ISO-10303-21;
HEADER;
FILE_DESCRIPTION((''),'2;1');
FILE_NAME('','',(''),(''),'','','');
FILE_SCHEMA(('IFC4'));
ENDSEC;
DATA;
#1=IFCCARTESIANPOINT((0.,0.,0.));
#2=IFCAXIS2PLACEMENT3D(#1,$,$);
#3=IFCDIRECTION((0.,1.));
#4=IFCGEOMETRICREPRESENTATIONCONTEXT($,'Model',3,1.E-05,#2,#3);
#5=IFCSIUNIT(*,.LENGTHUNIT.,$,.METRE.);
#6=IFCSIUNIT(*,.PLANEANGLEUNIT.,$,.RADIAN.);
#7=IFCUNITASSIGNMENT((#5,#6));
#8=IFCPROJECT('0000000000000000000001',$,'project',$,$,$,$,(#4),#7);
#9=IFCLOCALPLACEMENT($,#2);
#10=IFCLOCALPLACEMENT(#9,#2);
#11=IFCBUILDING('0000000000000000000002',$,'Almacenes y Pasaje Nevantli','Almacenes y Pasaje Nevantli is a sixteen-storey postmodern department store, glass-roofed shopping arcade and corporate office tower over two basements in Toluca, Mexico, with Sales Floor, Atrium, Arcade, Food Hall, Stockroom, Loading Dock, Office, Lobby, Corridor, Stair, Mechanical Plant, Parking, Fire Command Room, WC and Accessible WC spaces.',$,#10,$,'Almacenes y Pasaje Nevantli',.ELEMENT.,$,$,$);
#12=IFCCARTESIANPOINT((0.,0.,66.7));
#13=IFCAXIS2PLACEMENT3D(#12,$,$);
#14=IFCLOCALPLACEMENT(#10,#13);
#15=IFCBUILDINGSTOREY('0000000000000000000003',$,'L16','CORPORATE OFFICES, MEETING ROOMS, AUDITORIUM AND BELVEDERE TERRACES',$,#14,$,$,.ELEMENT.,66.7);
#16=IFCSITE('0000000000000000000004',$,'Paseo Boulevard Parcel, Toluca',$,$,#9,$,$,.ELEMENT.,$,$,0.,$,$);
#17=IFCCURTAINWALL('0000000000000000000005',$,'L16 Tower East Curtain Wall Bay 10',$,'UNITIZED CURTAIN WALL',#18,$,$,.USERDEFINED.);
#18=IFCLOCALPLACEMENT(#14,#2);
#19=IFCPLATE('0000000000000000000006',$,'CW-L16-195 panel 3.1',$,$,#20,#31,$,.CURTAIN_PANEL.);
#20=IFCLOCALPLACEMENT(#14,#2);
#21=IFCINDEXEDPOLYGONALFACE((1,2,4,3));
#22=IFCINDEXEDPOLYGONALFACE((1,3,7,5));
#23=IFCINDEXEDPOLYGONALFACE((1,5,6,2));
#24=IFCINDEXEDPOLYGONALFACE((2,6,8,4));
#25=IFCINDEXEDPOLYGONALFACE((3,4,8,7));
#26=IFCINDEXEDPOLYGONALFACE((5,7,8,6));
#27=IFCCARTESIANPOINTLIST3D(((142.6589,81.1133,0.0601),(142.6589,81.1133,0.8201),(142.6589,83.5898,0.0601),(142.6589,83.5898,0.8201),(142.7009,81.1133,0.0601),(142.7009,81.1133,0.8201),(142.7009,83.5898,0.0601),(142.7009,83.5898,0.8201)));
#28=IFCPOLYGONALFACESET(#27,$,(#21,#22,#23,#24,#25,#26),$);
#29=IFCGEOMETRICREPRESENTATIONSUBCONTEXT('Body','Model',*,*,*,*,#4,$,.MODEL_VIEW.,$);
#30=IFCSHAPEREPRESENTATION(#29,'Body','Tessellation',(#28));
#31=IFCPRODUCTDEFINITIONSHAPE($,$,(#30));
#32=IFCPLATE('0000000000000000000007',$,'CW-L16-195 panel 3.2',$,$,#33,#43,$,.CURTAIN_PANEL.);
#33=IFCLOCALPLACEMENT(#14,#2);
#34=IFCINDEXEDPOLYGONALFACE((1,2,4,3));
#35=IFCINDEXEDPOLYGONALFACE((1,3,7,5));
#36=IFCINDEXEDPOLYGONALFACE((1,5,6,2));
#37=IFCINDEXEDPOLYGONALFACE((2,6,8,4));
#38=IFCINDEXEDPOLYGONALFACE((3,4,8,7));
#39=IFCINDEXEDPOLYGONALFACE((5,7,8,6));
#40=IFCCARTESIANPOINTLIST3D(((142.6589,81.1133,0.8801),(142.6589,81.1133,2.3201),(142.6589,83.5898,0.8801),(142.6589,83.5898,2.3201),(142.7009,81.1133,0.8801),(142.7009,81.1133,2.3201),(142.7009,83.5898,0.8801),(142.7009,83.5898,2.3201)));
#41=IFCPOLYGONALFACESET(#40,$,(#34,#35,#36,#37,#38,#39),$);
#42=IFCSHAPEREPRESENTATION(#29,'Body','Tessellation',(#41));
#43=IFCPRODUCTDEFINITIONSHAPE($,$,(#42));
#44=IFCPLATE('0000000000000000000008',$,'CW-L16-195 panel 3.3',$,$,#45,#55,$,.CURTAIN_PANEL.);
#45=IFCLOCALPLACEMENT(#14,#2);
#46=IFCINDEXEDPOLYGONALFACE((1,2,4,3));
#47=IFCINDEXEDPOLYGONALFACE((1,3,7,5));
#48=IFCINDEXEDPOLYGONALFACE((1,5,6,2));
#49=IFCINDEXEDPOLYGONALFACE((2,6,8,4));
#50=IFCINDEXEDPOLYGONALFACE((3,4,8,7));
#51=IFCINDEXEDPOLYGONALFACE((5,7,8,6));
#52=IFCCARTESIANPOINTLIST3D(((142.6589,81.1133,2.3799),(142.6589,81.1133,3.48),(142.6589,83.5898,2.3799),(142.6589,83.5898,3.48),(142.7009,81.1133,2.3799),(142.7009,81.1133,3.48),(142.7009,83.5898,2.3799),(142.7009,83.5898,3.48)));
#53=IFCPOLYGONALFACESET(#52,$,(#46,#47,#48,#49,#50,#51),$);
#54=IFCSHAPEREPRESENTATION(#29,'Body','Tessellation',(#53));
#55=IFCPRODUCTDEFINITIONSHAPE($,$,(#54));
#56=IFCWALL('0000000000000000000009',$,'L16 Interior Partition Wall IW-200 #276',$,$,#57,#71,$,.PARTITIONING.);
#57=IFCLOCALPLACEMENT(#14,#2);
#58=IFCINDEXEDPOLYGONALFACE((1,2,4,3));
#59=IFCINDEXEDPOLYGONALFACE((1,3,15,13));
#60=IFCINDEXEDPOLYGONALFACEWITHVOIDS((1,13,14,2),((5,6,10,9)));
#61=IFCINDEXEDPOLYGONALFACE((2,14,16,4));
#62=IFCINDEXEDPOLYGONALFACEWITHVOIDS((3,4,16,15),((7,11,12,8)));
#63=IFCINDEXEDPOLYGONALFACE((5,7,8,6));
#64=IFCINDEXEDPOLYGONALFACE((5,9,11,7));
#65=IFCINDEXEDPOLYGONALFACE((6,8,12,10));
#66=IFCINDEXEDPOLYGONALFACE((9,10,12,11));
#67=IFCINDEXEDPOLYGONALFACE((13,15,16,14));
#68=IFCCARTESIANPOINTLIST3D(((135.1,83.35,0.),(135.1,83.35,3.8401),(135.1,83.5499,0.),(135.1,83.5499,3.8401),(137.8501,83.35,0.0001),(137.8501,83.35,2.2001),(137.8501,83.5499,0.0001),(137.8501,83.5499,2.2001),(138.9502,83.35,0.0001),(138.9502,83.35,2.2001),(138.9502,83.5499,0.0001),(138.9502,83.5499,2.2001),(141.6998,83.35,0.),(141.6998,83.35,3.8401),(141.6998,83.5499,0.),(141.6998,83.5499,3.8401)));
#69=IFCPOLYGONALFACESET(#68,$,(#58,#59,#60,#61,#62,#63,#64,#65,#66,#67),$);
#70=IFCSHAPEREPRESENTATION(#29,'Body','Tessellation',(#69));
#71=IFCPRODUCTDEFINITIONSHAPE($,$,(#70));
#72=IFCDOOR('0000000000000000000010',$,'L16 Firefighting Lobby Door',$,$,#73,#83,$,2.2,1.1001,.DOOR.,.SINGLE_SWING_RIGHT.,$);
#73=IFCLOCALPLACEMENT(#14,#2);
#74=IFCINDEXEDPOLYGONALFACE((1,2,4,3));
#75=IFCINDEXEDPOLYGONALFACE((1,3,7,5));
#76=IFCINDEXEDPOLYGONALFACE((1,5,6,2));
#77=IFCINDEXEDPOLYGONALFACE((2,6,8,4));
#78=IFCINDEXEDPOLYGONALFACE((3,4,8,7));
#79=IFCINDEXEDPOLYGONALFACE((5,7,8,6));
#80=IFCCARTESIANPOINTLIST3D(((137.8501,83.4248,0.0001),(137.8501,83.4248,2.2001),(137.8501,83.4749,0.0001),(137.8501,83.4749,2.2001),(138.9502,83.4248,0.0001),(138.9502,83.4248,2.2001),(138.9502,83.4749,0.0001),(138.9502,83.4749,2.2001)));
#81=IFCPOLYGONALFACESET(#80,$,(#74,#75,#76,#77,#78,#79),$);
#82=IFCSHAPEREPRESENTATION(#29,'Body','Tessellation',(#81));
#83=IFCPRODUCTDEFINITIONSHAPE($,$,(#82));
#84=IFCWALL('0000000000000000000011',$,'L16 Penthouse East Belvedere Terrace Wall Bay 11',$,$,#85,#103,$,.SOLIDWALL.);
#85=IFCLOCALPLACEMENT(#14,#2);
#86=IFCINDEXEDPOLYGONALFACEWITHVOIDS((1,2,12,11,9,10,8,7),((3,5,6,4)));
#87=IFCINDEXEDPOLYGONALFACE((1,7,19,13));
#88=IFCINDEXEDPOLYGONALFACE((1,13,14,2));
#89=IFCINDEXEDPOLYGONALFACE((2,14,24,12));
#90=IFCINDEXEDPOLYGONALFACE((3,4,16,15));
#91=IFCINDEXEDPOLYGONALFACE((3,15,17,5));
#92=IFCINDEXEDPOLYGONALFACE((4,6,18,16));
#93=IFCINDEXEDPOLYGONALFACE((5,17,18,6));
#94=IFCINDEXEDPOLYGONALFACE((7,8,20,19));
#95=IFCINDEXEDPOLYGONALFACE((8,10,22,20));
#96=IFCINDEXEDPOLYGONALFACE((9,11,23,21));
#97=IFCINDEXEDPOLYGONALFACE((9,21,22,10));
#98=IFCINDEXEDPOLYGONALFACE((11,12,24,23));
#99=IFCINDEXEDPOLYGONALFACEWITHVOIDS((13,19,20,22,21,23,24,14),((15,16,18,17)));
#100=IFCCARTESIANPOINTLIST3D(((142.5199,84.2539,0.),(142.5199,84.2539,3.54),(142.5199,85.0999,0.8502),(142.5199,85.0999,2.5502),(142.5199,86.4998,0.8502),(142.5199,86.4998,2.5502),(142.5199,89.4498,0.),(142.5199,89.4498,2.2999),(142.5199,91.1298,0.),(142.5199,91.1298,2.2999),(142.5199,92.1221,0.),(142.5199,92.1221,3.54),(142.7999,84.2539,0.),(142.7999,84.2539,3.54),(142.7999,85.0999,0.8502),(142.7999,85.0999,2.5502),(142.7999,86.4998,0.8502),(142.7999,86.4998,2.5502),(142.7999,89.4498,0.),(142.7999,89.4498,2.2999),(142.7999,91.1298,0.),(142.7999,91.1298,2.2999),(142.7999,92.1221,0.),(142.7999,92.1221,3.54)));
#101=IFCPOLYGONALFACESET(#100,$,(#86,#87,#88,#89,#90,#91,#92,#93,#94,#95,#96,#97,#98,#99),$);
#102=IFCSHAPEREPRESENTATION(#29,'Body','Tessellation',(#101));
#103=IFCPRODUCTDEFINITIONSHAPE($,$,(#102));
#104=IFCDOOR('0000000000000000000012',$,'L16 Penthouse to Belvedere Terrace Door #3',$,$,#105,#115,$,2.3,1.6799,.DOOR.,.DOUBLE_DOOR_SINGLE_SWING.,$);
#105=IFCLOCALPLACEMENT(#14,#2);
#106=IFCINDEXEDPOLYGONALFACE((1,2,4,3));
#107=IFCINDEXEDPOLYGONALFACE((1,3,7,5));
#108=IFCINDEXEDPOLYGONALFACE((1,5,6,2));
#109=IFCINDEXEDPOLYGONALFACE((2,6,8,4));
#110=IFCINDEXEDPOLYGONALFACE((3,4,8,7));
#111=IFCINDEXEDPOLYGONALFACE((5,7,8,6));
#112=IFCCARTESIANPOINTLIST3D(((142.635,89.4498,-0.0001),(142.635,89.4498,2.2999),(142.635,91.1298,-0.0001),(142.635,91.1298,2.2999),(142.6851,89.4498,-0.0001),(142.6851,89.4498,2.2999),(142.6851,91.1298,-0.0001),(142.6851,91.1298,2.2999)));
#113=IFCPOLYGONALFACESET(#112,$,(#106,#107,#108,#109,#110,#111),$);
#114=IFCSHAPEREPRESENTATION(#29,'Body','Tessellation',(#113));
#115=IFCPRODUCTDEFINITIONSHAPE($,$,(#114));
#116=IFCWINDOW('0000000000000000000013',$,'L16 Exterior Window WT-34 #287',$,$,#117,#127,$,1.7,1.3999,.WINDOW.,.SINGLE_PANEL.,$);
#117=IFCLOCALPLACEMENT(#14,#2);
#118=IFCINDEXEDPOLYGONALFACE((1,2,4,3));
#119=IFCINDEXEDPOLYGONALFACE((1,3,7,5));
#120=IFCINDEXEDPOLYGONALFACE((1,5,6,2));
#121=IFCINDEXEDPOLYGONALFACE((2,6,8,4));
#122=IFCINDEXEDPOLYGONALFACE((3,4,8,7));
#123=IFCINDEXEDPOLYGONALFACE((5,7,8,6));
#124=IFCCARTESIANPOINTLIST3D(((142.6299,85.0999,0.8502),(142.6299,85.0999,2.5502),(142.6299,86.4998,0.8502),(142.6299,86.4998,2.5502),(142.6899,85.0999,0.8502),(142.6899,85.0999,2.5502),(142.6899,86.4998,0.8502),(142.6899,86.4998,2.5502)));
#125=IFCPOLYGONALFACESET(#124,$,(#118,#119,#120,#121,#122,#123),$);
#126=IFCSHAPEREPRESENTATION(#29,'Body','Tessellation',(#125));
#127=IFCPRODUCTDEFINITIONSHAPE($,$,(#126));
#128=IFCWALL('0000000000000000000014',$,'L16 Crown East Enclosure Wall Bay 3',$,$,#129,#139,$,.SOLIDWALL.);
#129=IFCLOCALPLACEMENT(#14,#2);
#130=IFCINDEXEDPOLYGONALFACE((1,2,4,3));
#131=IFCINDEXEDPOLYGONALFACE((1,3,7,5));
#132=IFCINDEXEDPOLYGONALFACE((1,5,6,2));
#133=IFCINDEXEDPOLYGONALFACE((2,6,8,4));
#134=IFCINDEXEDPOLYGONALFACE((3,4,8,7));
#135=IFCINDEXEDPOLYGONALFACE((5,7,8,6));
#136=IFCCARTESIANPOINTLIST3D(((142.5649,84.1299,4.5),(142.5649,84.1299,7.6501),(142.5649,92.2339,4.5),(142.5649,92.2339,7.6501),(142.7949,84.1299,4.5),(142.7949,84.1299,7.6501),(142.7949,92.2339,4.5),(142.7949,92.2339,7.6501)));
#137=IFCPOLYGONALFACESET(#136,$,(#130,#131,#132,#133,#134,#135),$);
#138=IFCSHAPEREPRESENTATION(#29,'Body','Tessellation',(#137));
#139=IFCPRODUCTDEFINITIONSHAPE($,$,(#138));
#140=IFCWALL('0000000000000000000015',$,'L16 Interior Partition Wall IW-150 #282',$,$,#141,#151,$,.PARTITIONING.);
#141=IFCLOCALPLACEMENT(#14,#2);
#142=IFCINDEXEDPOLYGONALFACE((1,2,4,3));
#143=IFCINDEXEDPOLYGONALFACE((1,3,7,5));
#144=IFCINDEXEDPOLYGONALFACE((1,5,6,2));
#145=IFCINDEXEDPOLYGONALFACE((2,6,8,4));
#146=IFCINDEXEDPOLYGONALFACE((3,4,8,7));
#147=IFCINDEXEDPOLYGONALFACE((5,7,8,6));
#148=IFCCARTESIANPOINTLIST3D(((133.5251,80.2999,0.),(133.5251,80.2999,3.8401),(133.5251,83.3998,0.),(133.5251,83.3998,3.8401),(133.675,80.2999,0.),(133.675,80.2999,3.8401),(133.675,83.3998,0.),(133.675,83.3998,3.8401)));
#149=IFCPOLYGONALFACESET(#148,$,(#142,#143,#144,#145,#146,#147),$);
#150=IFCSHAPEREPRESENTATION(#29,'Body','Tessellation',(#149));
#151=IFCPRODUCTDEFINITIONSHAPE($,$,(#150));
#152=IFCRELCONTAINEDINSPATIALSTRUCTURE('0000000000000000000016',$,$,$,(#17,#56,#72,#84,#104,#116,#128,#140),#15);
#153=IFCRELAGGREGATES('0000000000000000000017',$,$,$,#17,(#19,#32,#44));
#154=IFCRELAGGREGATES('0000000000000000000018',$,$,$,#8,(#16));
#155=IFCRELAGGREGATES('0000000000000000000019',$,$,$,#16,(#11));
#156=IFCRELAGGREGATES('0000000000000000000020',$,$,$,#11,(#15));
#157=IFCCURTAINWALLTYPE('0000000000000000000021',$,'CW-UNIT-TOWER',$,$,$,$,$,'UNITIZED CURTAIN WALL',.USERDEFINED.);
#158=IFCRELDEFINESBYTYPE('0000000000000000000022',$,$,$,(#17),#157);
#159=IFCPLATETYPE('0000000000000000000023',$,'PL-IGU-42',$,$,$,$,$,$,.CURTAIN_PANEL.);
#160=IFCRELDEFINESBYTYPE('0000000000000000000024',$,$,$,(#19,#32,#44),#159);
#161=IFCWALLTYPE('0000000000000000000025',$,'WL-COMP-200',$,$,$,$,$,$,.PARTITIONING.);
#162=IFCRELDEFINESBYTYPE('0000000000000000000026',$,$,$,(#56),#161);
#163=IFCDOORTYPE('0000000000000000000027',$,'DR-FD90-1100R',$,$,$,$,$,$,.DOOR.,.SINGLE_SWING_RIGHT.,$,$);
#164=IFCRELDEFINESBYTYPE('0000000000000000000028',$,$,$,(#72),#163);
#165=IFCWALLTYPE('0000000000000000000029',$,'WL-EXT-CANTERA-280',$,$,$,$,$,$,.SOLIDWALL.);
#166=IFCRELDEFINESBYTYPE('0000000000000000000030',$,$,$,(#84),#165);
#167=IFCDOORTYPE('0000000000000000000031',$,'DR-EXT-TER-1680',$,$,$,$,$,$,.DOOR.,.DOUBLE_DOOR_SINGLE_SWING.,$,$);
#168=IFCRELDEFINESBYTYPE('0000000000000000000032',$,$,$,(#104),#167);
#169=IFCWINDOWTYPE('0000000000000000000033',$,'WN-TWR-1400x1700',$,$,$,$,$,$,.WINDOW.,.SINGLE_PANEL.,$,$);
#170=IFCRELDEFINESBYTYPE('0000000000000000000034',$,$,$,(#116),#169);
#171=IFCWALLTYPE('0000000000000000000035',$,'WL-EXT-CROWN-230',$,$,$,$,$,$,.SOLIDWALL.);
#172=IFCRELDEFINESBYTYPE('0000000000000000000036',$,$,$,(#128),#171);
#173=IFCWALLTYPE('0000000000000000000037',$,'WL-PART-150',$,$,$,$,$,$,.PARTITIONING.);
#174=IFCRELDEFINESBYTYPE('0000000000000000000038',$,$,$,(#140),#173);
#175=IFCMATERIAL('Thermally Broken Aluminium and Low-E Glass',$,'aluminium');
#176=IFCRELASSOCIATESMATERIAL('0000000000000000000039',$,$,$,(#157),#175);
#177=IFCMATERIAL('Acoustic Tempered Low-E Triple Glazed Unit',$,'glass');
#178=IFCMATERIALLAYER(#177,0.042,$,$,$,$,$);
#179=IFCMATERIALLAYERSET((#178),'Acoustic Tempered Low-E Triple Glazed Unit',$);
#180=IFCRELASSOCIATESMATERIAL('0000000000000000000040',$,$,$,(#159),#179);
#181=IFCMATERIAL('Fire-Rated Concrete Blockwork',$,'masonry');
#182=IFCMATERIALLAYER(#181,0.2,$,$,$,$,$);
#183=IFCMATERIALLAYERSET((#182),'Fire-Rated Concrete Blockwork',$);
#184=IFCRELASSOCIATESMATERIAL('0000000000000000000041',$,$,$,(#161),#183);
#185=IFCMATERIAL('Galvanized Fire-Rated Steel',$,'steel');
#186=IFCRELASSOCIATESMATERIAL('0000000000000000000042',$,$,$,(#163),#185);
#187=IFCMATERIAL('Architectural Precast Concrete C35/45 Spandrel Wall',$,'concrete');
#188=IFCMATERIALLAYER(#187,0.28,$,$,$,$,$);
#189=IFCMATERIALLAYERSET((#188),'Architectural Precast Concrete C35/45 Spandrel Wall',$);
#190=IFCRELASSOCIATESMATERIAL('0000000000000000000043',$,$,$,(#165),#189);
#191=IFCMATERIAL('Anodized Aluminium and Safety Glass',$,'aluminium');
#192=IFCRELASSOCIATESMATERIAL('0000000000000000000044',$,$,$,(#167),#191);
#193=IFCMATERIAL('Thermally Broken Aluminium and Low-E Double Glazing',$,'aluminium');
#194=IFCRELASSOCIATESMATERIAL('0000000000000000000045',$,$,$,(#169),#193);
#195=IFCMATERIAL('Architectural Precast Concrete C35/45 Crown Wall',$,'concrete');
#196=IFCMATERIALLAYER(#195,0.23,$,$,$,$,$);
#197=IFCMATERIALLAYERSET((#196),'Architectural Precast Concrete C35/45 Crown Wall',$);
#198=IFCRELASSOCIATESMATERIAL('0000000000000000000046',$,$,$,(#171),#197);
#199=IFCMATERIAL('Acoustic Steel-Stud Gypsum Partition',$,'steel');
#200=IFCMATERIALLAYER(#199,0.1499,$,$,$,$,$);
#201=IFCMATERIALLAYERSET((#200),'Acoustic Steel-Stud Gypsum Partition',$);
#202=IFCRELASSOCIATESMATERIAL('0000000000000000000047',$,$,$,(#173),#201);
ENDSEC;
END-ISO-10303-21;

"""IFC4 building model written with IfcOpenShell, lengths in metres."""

from ifc_helpers import new_model, si_unit, direction, frame, frame_2d, origin, origin_2d, place, context, subcontext, project, spatial, rectangle, extrude, material, layer, layer_set, type_object, element, fill, aggregate, save


model = new_model("IFC4")

# Units and contexts
model_context = context("Model", 3, precision=1e-05, world=origin(), true_north=direction((0.0, 1.0)))
body_context = subcontext(model_context, "Body", "Model", "MODEL_VIEW")
ifc_project = project(units=[si_unit("LENGTHUNIT", "METRE"), si_unit("PLANEANGLEUNIT", "RADIAN")], contexts=[model_context])

# Site, building, storey
site_placement = place(None, origin())
site = spatial("IfcSite", under=ifc_project, at=site_placement, Name="Paseo Boulevard Parcel, Toluca", CompositionType="ELEMENT", RefElevation=0.0)
building_placement = place(site_placement, origin())
building = spatial("IfcBuilding", under=site, at=building_placement, Name="Almacenes y Pasaje Nevantli", Description="Almacenes y Pasaje Nevantli is a sixteen-storey postmodern department store, glass-roofed shopping arcade and corporate office tower over two basements in Toluca, Mexico, with Sales Floor, Atrium, Arcade, Food Hall, Stockroom, Loading Dock, Office, Lobby, Corridor, Stair, Mechanical Plant, Parking, Fire Command Room, WC and Accessible WC spaces.", LongName="Almacenes y Pasaje Nevantli", CompositionType="ELEMENT")
storey_placement = place(building_placement, frame((0.0, 0.0, 66.7)))
storey = spatial("IfcBuildingStorey", under=building, at=storey_placement, Name="L16", Description="CORPORATE OFFICES, MEETING ROOMS, AUDITORIUM AND BELVEDERE TERRACES", CompositionType="ELEMENT", Elevation=66.7)

# Curtain wall, plates
ifc_material_1 = material(Name="Thermally Broken Aluminium and Low-E Glass", Category="aluminium")
curtain_wall_type = type_object("IfcCurtainWallType", Name="CW-UNIT-TOWER", ElementType="UNITIZED CURTAIN WALL", PredefinedType="USERDEFINED", material=ifc_material_1)
curtain_wall_placement = place(storey_placement, origin())
curtain_wall = element("IfcCurtainWall", 1, at=curtain_wall_placement, inside=storey, type_object=curtain_wall_type, Name="L16 Tower East Curtain Wall Bay 10", ObjectType="UNITIZED CURTAIN WALL", PredefinedType="USERDEFINED")
ifc_material_2 = material(Name="Acoustic Tempered Low-E Triple Glazed Unit", Category="glass")
ifc_layer_1 = layer(ifc_material_2, 0.042)
ifc_layer_set_1 = layer_set([ifc_layer_1], Name="Acoustic Tempered Low-E Triple Glazed Unit")
plate_type = type_object("IfcPlateType", Name="PL-IGU-42", PredefinedType="CURTAIN_PANEL", material=ifc_layer_set_1)
plate_1_placement = place(storey_placement, frame((142.6799, 82.3516, 0.0601), z_axis=(0.0, 0.0, 1.0), x_axis=(0.0, 1.0, 0.0)))
plate_1 = element("IfcPlate", 2, at=plate_1_placement, type_object=plate_type, Name="CW-L16-195 panel 3.1", PredefinedType="CURTAIN_PANEL", context=body_context, shape_type="SweptSolid", body=[
    extrude(rectangle(XDim=2.4766, YDim=0.042, at=origin_2d()), origin(), (0.0, 0.0, 1.0), 0.76),
])
plate_2_placement = place(storey_placement, frame((142.6799, 82.3516, 0.8801), z_axis=(0.0, 0.0, 1.0), x_axis=(0.0, 1.0, 0.0)))
plate_2 = element("IfcPlate", 3, at=plate_2_placement, type_object=plate_type, Name="CW-L16-195 panel 3.2", PredefinedType="CURTAIN_PANEL", context=body_context, shape_type="SweptSolid", body=[
    extrude(rectangle(XDim=2.4766, YDim=0.042, at=origin_2d()), origin(), (0.0, 0.0, 1.0), 1.4399),
])
plate_3_placement = place(storey_placement, frame((142.6799, 82.3516, 2.3799), z_axis=(0.0, 0.0, 1.0), x_axis=(0.0, 1.0, 0.0)))
plate_3 = element("IfcPlate", 4, at=plate_3_placement, type_object=plate_type, Name="CW-L16-195 panel 3.3", PredefinedType="CURTAIN_PANEL", context=body_context, shape_type="SweptSolid", body=[
    extrude(rectangle(XDim=2.4766, YDim=0.042, at=origin_2d()), origin(), (0.0, 0.0, 1.0), 1.1001),
])
aggregate(curtain_wall, [plate_1, plate_2, plate_3])

# Wall, opening, door
ifc_material_3 = material(Name="Fire-Rated Concrete Blockwork", Category="masonry")
ifc_layer_2 = layer(ifc_material_3, 0.2)
ifc_layer_set_2 = layer_set([ifc_layer_2], Name="Fire-Rated Concrete Blockwork")
wall_type_1 = type_object("IfcWallType", Name="WL-COMP-200", PredefinedType="PARTITIONING", material=ifc_layer_set_2)
wall_1_placement = place(storey_placement, frame((135.1001, 83.45, 0.0), z_axis=(0.0, 0.0, 1.0), x_axis=(1.0, 0.0, 0.0)))
wall_1 = element("IfcWall", 5, at=wall_1_placement, inside=storey, type_object=wall_type_1, Name="L16 Interior Partition Wall IW-200 #276", PredefinedType="PARTITIONING", context=body_context, shape_type="SweptSolid", body=[
    extrude(rectangle(XDim=6.5999, YDim=0.2, at=frame_2d((3.2998, 0.0))), origin(), (0.0, 0.0, 1.0), 3.8401),
])
opening_1_placement = place(wall_1_placement, frame((2.75, 0.0, 0.0)))
opening_1 = element("IfcOpeningElement", 6, at=opening_1_placement, cuts=wall_1, PredefinedType="OPENING", context=body_context, shape_type="SweptSolid", body=[
    extrude(rectangle(XDim=1.1001, YDim=2.2, at=frame_2d((0.55, 1.1001))), frame((0.0, 0.1099, 0.0), z_axis=(0.0, -1.0, 0.0), x_axis=(1.0, 0.0, 0.0)), (0.0, 0.0, 1.0), 0.22),
])
ifc_material_4 = material(Name="Galvanized Fire-Rated Steel", Category="steel")
door_type_1 = type_object("IfcDoorType", Name="DR-FD90-1100R", OperationType="SINGLE_SWING_RIGHT", PredefinedType="DOOR", material=ifc_material_4)
door_1_placement = place(opening_1_placement, origin())
door_1 = element("IfcDoor", 7, at=door_1_placement, inside=storey, type_object=door_type_1, Name="L16 Firefighting Lobby Door", OperationType="SINGLE_SWING_RIGHT", OverallHeight=2.2, OverallWidth=1.1001, PredefinedType="DOOR", context=body_context, shape_type="SweptSolid", body=[
    extrude(rectangle(XDim=1.1001, YDim=2.2, at=frame_2d((0.55, 1.1001))), frame((0.0, 0.0249, 0.0), z_axis=(0.0, -1.0, 0.0), x_axis=(1.0, 0.0, 0.0)), (0.0, 0.0, 1.0), 0.05),
])
fill(opening_1, door_1)

# Wall, openings, door, window
ifc_material_5 = material(Name="Architectural Precast Concrete C35/45 Spandrel Wall", Category="concrete")
ifc_layer_3 = layer(ifc_material_5, 0.28)
ifc_layer_set_3 = layer_set([ifc_layer_3], Name="Architectural Precast Concrete C35/45 Spandrel Wall")
wall_type_2 = type_object("IfcWallType", Name="WL-EXT-CANTERA-280", PredefinedType="SOLIDWALL", material=ifc_layer_set_3)
wall_2_placement = place(storey_placement, frame((142.6599, 84.2539, 0.0), z_axis=(0.0, 0.0, 1.0), x_axis=(0.0, 1.0, 0.0)))
wall_2 = element("IfcWall", 8, at=wall_2_placement, inside=storey, type_object=wall_type_2, Name="L16 Penthouse East Belvedere Terrace Wall Bay 11", PredefinedType="SOLIDWALL", context=body_context, shape_type="SweptSolid", body=[
    extrude(rectangle(XDim=7.8682, YDim=0.28, at=frame_2d((3.9341, 0.0))), origin(), (0.0, 0.0, 1.0), 3.54),
])
opening_2_placement = place(wall_2_placement, frame((0.8459, 0.0, 0.8501)))
opening_2 = element("IfcOpeningElement", 9, at=opening_2_placement, cuts=wall_2, PredefinedType="OPENING", context=body_context, shape_type="SweptSolid", body=[
    extrude(rectangle(XDim=1.3999, YDim=1.7, at=frame_2d((0.7, 0.8501))), frame((0.0, 0.1499, 0.0), z_axis=(0.0, -1.0, 0.0), x_axis=(1.0, 0.0, 0.0)), (0.0, 0.0, 1.0), 0.3),
])
opening_3_placement = place(wall_2_placement, frame((5.196, 0.0, 0.0)))
opening_3 = element("IfcOpeningElement", 10, at=opening_3_placement, cuts=wall_2, PredefinedType="OPENING", context=body_context, shape_type="SweptSolid", body=[
    extrude(rectangle(XDim=1.6799, YDim=2.3, at=frame_2d((0.8398, 1.1499))), frame((0.0, 0.1499, 0.0), z_axis=(0.0, -1.0, 0.0), x_axis=(1.0, 0.0, 0.0)), (0.0, 0.0, 1.0), 0.3),
])
ifc_material_6 = material(Name="Anodized Aluminium and Safety Glass", Category="aluminium")
door_type_2 = type_object("IfcDoorType", Name="DR-EXT-TER-1680", OperationType="DOUBLE_DOOR_SINGLE_SWING", PredefinedType="DOOR", material=ifc_material_6)
door_2_placement = place(opening_3_placement, origin())
door_2 = element("IfcDoor", 11, at=door_2_placement, inside=storey, type_object=door_type_2, Name="L16 Penthouse to Belvedere Terrace Door #3", OperationType="DOUBLE_DOOR_SINGLE_SWING", OverallHeight=2.3, OverallWidth=1.6799, PredefinedType="DOOR", context=body_context, shape_type="SweptSolid", body=[
    extrude(rectangle(XDim=1.6799, YDim=2.3, at=frame_2d((0.8398, 1.1499))), frame((0.0, 0.0249, 0.0), z_axis=(0.0, -1.0, 0.0), x_axis=(1.0, 0.0, 0.0)), (0.0, 0.0, 1.0), 0.05),
])
fill(opening_3, door_2)
ifc_material_7 = material(Name="Thermally Broken Aluminium and Low-E Double Glazing", Category="aluminium")
window_type = type_object("IfcWindowType", Name="WN-TWR-1400x1700", PartitioningType="SINGLE_PANEL", PredefinedType="WINDOW", material=ifc_material_7)
window_placement = place(opening_2_placement, origin())
window = element("IfcWindow", 12, at=window_placement, inside=storey, type_object=window_type, Name="L16 Exterior Window WT-34 #287", OverallHeight=1.7, OverallWidth=1.3999, PartitioningType="SINGLE_PANEL", PredefinedType="WINDOW", context=body_context, shape_type="SweptSolid", body=[
    extrude(rectangle(XDim=1.3999, YDim=1.7, at=frame_2d((0.7, 0.8501))), frame((0.0, 0.03, 0.0), z_axis=(0.0, -1.0, 0.0), x_axis=(1.0, 0.0, 0.0)), (0.0, 0.0, 1.0), 0.0601),
])
fill(opening_2, window)

# Walls
ifc_material_8 = material(Name="Architectural Precast Concrete C35/45 Crown Wall", Category="concrete")
ifc_layer_4 = layer(ifc_material_8, 0.23)
ifc_layer_set_4 = layer_set([ifc_layer_4], Name="Architectural Precast Concrete C35/45 Crown Wall")
wall_type_3 = type_object("IfcWallType", Name="WL-EXT-CROWN-230", PredefinedType="SOLIDWALL", material=ifc_layer_set_4)
wall_3_placement = place(storey_placement, frame((142.6799, 84.1299, 4.5), z_axis=(0.0, 0.0, 1.0), x_axis=(0.0, 1.0, 0.0)))
element("IfcWall", 13, at=wall_3_placement, inside=storey, type_object=wall_type_3, Name="L16 Crown East Enclosure Wall Bay 3", PredefinedType="SOLIDWALL", context=body_context, shape_type="SweptSolid", body=[
    extrude(rectangle(XDim=8.104, YDim=0.23, at=frame_2d((4.052, 0.0))), origin(), (0.0, 0.0, 1.0), 3.1501),
])
ifc_material_9 = material(Name="Acoustic Steel-Stud Gypsum Partition", Category="steel")
ifc_layer_5 = layer(ifc_material_9, 0.1499)
ifc_layer_set_5 = layer_set([ifc_layer_5], Name="Acoustic Steel-Stud Gypsum Partition")
wall_type_4 = type_object("IfcWallType", Name="WL-PART-150", PredefinedType="PARTITIONING", material=ifc_layer_set_5)
wall_4_placement = place(storey_placement, frame((133.6001, 80.3, 0.0), z_axis=(0.0, 0.0, 1.0), x_axis=(0.0, 1.0, 0.0)))
element("IfcWall", 14, at=wall_4_placement, inside=storey, type_object=wall_type_4, Name="L16 Interior Partition Wall IW-150 #282", PredefinedType="PARTITIONING", context=body_context, shape_type="SweptSolid", body=[
    extrude(rectangle(XDim=3.0999, YDim=0.1499, at=frame_2d((1.5498, 0.0))), origin(), (0.0, 0.0, 1.0), 3.8401),
])

save(model, "model.ifc")
